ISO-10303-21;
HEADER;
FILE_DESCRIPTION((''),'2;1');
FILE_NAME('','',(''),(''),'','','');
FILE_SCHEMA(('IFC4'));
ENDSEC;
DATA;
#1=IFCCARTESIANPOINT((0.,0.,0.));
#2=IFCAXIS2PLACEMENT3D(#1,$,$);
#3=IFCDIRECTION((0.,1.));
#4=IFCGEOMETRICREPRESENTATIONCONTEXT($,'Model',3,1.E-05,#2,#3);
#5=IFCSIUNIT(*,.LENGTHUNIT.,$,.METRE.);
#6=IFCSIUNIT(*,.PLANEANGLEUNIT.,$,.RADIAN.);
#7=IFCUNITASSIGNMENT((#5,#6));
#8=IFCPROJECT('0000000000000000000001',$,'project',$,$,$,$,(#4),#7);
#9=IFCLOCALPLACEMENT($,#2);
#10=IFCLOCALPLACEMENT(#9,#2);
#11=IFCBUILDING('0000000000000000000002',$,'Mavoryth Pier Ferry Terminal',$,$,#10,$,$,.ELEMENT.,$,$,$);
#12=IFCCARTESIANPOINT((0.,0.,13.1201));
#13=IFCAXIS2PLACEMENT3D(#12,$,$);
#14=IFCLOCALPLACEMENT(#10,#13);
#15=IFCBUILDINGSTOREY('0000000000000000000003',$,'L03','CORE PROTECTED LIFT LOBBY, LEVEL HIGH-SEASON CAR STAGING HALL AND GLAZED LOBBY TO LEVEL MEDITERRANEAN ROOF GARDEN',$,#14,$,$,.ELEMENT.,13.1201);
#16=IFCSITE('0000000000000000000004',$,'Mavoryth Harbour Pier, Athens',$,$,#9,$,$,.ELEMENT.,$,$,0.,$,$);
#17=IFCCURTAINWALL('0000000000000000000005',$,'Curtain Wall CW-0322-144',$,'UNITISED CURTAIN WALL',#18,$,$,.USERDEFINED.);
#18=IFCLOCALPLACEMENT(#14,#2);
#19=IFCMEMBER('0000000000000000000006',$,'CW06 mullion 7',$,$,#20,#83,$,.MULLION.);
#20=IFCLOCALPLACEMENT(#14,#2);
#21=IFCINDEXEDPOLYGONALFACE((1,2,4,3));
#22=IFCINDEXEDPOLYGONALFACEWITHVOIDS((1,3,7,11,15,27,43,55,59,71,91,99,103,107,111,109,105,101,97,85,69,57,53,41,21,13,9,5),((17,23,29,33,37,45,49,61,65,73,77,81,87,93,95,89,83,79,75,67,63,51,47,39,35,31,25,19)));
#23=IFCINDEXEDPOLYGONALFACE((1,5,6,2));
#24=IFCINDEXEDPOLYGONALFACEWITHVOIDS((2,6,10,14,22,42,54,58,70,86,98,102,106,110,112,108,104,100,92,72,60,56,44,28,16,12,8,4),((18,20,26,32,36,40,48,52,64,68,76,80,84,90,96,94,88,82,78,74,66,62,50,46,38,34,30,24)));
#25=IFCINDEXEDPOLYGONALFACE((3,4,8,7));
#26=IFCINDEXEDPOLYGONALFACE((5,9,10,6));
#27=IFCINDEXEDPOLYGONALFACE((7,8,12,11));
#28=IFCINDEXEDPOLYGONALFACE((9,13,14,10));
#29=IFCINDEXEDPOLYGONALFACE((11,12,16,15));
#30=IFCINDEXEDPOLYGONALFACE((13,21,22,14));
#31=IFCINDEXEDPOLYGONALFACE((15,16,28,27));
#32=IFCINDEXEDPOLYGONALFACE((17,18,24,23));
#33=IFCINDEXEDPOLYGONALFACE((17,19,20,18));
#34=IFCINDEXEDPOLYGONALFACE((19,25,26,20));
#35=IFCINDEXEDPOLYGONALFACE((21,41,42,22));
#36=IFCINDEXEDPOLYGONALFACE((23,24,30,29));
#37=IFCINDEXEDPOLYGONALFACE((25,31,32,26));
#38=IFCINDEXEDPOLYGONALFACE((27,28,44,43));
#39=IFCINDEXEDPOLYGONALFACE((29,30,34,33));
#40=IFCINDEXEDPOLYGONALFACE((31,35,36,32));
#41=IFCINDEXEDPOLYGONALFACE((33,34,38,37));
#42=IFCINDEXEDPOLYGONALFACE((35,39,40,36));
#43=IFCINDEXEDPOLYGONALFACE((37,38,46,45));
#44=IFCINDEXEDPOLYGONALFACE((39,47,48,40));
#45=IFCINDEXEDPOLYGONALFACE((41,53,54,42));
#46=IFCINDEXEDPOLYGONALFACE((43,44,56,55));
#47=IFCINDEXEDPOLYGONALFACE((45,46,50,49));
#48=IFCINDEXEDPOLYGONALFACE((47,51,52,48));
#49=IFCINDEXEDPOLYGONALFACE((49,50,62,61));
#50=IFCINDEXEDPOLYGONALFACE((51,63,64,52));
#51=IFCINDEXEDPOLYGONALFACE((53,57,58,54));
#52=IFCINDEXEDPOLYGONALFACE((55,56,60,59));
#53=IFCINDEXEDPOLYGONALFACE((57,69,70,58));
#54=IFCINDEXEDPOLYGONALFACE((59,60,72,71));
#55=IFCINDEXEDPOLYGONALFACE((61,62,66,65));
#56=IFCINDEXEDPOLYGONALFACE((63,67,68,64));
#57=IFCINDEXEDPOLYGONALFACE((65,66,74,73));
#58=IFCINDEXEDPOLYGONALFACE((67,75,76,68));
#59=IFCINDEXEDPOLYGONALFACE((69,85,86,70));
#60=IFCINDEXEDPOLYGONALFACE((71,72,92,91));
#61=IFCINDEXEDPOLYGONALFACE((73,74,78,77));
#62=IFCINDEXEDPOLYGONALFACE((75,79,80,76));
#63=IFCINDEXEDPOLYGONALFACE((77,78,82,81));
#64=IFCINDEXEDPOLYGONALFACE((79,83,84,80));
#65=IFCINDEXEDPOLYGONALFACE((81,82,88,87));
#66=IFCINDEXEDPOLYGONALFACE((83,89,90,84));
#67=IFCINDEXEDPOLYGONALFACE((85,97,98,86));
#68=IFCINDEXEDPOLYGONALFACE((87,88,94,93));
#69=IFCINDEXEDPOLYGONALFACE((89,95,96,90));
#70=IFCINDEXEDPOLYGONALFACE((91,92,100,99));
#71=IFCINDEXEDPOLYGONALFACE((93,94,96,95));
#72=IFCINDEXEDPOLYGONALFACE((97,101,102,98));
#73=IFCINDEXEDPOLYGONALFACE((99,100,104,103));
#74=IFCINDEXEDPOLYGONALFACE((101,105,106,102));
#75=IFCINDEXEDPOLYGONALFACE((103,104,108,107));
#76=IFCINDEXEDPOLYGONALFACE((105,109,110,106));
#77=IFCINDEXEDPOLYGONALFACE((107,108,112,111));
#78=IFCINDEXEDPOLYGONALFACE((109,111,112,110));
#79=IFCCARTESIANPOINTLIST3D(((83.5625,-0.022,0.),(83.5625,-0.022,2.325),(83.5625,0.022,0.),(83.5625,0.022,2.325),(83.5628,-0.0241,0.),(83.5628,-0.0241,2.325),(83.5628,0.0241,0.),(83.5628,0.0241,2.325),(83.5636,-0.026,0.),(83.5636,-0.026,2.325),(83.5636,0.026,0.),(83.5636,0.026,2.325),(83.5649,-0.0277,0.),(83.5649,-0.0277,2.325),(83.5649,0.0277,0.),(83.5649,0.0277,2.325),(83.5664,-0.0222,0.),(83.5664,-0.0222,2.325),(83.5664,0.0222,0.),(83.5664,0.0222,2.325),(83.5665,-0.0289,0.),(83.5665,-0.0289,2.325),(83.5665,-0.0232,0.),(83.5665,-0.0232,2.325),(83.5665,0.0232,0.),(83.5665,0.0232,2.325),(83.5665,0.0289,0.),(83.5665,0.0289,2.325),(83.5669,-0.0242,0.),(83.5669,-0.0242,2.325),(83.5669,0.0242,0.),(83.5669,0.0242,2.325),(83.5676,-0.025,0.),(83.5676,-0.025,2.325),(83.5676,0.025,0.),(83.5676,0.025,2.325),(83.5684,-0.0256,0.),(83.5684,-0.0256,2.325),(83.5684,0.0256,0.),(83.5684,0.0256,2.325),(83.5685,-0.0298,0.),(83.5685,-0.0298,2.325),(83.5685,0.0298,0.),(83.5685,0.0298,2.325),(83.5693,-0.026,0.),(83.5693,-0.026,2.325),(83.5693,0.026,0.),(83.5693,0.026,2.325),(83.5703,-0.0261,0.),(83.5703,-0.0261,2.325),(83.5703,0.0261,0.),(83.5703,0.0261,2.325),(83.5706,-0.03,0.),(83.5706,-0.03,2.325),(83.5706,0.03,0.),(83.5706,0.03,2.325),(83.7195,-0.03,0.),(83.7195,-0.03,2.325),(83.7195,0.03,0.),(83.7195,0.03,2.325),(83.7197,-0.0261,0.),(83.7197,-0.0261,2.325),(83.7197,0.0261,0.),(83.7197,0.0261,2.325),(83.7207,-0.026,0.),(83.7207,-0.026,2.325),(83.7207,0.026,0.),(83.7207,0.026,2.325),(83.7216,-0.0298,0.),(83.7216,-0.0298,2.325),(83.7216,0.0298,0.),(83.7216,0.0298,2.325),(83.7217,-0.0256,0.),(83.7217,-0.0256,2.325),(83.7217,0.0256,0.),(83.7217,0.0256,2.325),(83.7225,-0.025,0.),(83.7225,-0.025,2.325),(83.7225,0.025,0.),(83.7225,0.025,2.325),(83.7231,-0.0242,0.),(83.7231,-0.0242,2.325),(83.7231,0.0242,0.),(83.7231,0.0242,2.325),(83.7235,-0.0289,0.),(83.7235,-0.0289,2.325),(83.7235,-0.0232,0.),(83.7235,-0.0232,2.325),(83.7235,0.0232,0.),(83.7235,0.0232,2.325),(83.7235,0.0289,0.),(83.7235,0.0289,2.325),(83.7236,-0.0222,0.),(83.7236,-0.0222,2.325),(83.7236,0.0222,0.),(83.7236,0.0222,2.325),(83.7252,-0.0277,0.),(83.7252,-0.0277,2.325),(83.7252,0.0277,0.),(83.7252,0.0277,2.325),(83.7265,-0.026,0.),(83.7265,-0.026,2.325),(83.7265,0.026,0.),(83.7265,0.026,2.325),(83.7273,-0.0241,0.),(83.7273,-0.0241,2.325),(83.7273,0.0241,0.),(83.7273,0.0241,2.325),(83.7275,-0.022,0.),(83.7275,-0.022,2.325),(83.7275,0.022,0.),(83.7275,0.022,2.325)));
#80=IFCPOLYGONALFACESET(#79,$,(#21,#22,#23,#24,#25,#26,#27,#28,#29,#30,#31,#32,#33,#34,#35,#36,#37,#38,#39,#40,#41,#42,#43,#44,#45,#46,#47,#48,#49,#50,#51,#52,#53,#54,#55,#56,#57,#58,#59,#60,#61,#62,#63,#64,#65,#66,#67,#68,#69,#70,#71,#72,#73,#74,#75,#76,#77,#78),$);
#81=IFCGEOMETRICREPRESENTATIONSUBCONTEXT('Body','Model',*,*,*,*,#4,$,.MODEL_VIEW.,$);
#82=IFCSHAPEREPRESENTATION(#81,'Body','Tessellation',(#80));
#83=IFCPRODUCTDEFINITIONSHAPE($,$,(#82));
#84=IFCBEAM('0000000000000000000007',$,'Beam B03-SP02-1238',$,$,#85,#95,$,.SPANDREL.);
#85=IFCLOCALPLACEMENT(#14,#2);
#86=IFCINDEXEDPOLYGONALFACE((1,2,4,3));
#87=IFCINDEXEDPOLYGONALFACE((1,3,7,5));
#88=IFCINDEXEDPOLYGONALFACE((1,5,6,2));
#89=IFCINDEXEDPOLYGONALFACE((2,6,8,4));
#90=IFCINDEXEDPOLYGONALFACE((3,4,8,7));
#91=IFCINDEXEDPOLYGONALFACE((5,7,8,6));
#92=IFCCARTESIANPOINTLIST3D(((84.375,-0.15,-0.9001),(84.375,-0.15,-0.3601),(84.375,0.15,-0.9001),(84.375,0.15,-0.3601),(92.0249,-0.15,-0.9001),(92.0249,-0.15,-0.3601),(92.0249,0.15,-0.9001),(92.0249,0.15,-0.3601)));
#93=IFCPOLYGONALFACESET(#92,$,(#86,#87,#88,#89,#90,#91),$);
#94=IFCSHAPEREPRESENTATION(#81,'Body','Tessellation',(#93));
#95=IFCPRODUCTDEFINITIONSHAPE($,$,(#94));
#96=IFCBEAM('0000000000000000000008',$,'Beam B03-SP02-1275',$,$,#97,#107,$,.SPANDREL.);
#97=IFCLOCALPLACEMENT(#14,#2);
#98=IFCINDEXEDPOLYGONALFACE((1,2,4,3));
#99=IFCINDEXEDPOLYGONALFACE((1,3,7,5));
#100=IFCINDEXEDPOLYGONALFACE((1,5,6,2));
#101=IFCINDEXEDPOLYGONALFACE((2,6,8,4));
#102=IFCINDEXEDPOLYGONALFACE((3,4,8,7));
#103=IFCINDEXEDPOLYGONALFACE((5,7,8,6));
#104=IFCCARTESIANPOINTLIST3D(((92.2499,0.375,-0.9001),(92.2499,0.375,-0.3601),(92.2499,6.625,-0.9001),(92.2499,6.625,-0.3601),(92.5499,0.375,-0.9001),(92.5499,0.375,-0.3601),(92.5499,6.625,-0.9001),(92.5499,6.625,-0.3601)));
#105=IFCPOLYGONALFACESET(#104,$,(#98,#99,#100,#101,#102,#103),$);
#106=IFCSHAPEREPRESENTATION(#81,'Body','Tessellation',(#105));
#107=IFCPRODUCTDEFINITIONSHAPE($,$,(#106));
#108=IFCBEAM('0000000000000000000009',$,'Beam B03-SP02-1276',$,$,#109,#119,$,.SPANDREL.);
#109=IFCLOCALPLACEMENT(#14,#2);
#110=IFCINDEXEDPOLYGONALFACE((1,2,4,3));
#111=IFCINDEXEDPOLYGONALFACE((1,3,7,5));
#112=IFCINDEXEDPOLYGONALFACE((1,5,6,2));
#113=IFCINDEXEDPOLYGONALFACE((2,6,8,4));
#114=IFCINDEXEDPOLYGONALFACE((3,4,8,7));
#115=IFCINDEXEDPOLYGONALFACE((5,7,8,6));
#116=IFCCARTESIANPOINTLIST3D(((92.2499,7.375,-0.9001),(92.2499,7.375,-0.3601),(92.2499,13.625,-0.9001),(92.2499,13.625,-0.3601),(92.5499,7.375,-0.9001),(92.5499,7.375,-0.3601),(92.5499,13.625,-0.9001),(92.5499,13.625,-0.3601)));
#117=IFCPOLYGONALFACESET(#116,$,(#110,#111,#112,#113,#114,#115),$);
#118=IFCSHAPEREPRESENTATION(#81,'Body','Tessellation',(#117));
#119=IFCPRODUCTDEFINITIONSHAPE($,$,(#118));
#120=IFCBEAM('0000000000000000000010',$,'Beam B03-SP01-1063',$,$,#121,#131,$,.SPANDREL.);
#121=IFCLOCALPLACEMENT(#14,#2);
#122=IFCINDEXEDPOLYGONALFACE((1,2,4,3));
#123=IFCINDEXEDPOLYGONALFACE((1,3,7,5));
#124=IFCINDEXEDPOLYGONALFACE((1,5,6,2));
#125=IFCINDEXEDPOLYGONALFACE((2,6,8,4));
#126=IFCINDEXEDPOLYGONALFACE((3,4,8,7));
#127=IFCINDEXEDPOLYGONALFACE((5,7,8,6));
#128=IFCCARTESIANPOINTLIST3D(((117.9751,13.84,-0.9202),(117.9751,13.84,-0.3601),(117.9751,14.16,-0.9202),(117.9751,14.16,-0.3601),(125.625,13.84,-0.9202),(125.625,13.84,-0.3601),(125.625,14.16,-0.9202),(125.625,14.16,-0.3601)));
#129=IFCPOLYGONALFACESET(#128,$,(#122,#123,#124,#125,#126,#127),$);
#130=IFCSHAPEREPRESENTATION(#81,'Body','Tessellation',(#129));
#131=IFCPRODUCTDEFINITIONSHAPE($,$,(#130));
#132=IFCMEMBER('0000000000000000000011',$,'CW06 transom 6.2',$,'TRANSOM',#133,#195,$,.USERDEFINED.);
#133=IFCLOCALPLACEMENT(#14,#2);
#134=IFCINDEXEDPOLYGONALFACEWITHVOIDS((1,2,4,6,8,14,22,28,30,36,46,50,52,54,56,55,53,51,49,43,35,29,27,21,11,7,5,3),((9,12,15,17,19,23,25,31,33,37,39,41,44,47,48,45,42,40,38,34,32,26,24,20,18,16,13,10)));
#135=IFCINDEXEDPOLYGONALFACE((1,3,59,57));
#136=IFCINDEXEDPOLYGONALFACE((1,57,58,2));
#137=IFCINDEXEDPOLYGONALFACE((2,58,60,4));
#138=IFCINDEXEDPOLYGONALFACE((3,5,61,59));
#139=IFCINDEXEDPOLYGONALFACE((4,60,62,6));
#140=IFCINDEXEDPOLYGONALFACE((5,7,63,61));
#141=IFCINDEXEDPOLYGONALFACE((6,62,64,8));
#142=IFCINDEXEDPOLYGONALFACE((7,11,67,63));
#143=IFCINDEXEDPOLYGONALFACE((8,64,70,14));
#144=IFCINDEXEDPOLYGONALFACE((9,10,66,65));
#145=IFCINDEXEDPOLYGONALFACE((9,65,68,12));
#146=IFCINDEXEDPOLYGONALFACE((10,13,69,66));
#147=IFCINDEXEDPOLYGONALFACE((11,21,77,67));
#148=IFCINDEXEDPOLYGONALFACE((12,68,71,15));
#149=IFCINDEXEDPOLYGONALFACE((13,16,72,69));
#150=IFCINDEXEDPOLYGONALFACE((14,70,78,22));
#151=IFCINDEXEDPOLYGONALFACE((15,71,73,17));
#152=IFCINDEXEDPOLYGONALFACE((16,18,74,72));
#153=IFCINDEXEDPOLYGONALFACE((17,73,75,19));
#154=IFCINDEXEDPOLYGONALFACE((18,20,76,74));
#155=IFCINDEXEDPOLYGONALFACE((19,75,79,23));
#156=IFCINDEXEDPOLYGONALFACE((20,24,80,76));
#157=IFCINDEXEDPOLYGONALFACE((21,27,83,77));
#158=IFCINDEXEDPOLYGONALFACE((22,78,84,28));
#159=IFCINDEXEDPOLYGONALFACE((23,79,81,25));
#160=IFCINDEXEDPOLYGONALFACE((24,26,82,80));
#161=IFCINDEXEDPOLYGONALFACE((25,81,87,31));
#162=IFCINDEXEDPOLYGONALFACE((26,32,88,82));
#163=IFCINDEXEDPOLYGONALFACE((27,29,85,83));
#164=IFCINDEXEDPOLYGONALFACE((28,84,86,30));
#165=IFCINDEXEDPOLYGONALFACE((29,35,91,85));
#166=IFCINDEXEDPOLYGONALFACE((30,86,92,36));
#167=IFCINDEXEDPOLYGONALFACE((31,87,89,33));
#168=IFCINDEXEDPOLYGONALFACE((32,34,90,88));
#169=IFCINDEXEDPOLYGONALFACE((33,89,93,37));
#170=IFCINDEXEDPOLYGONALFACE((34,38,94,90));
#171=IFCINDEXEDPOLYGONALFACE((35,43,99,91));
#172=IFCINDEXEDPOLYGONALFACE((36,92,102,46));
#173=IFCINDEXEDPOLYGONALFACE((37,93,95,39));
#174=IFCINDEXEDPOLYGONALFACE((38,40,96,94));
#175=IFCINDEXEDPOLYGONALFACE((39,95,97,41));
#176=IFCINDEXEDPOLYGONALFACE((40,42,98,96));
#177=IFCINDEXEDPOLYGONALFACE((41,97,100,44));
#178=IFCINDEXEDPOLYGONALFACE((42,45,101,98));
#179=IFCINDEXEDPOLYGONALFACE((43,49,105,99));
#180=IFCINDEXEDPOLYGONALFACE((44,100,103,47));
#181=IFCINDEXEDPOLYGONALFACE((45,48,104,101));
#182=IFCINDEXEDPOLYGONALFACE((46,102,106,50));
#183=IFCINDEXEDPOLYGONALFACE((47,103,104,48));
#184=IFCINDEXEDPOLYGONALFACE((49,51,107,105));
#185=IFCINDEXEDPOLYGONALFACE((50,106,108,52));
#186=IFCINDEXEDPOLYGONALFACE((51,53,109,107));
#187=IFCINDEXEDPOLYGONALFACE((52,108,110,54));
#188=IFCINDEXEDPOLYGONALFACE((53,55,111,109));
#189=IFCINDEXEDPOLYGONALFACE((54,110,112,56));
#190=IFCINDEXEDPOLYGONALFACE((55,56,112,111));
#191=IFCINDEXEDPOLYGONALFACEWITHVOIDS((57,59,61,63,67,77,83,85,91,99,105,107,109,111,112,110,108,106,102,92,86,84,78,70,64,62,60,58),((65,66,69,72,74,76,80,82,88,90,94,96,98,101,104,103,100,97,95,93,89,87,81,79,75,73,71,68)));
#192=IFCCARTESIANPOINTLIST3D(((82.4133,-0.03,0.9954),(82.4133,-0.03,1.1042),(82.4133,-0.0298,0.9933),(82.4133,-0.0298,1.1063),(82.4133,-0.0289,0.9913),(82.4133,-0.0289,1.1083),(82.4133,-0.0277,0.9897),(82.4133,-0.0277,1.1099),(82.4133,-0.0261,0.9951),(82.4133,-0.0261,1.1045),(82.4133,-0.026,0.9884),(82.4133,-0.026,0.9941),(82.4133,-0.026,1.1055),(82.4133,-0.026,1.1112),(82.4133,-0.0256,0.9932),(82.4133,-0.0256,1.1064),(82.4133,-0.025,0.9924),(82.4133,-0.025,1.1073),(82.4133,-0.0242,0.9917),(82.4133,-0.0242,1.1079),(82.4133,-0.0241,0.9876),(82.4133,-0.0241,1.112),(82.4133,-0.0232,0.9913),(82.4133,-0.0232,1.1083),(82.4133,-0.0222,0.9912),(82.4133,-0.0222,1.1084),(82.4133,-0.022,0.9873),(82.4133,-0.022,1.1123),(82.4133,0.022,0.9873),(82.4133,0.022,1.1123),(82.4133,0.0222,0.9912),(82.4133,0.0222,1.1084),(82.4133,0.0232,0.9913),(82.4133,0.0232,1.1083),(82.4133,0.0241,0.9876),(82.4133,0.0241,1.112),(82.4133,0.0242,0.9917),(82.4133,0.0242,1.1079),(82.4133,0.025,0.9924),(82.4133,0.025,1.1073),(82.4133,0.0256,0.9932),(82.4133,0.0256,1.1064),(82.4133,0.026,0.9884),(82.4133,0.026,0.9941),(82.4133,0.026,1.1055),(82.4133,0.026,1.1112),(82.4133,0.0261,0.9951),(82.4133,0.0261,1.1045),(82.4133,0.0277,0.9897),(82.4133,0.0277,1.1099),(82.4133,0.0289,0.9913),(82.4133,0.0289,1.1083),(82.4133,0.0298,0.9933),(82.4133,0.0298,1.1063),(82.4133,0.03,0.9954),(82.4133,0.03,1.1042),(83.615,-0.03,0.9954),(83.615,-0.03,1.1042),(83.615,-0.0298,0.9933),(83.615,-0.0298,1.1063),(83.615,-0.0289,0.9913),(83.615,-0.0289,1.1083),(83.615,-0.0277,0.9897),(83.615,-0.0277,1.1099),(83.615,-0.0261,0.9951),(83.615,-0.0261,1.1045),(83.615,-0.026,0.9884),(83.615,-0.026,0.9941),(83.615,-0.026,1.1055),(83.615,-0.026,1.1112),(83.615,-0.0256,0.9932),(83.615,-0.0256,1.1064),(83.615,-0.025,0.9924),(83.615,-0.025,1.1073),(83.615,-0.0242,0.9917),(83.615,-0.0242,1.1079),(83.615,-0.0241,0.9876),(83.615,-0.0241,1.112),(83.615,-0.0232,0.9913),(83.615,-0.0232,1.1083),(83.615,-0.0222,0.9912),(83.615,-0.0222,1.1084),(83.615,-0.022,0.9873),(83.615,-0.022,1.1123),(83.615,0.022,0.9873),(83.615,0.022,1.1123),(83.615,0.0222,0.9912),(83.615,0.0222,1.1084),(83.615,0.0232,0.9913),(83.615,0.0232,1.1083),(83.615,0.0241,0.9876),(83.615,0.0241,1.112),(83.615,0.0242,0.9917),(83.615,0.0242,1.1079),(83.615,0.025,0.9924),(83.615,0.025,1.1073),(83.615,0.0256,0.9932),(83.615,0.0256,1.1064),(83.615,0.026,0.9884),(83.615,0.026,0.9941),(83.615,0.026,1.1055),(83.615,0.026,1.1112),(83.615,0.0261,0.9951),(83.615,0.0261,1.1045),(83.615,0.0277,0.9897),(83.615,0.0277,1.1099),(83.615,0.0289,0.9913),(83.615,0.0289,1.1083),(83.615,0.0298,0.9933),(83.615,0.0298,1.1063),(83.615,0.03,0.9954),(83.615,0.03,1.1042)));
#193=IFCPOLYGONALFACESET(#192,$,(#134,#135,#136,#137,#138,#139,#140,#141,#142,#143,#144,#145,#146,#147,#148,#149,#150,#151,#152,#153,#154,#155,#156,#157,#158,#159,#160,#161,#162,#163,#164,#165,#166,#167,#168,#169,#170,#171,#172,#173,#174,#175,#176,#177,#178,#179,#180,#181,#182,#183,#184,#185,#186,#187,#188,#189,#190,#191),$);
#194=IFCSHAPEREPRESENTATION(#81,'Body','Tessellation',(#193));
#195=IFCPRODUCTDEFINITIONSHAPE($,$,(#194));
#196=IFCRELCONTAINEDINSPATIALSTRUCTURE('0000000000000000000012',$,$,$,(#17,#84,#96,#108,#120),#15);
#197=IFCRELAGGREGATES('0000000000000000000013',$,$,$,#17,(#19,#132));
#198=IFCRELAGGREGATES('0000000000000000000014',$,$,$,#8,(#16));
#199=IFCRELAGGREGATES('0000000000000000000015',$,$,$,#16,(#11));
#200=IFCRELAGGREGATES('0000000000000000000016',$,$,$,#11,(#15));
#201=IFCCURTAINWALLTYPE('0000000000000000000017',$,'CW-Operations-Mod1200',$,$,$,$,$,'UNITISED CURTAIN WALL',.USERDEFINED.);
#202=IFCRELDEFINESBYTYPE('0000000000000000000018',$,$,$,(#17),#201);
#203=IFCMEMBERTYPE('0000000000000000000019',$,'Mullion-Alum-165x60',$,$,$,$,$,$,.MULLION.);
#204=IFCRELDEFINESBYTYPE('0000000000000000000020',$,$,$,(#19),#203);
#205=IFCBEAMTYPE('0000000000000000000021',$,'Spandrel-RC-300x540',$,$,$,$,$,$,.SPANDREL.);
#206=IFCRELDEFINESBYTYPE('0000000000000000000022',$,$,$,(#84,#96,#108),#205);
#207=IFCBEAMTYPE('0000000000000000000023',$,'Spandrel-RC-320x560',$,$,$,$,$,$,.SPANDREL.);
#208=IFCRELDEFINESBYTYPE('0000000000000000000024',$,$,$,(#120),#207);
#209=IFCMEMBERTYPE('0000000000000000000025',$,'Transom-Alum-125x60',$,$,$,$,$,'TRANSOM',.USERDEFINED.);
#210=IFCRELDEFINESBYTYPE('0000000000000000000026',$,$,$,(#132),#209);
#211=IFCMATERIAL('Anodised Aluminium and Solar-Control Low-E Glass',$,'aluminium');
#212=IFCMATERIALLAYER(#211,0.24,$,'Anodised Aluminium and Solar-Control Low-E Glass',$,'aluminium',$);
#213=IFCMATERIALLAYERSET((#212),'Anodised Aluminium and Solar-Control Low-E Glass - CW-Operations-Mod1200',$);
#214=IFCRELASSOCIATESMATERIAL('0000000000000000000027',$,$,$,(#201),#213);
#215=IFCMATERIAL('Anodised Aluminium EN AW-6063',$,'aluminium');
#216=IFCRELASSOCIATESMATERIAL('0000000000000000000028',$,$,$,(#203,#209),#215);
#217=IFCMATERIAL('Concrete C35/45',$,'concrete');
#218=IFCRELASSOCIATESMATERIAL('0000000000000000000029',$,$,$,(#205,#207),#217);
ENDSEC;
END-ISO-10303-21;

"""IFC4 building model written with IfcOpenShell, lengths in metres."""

from ifc_helpers import new_model, si_unit, direction, frame, origin, origin_2d, place, context, subcontext, project, spatial, rectangle, hollow_rectangle, extrude, material, layer, layer_set, material_profile, profile_set, type_object, element, aggregate, save


model = new_model("IFC4")

# Units and contexts
model_context = context("Model", 3, precision=1e-05, world=origin(), true_north=direction((0.0, 1.0)))
body_context = subcontext(model_context, "Body", "Model", "MODEL_VIEW")
ifc_project = project(units=[si_unit("LENGTHUNIT", "METRE"), si_unit("PLANEANGLEUNIT", "RADIAN")], contexts=[model_context])

# Site, building, storey
site_placement = place(None, origin())
site = spatial("IfcSite", under=ifc_project, at=site_placement, Name="Mavoryth Harbour Pier, Athens", CompositionType="ELEMENT", RefElevation=0.0)
building_placement = place(site_placement, origin())
building = spatial("IfcBuilding", under=site, at=building_placement, Name="Mavoryth Pier Ferry Terminal", CompositionType="ELEMENT")
storey_placement = place(building_placement, frame((0.0, 0.0, 13.1201)))
storey = spatial("IfcBuildingStorey", under=building, at=storey_placement, Name="L03", Description="CORE PROTECTED LIFT LOBBY, LEVEL HIGH-SEASON CAR STAGING HALL AND GLAZED LOBBY TO LEVEL MEDITERRANEAN ROOF GARDEN", CompositionType="ELEMENT", Elevation=13.1201)

# Shared definitions
ifc_material_1 = material(Name="Concrete C35/45", Category="concrete")

# Curtain wall, member
ifc_material_2 = material(Name="Anodised Aluminium and Solar-Control Low-E Glass", Category="aluminium")
ifc_layer_1 = layer(ifc_material_2, 0.24, Name="Anodised Aluminium and Solar-Control Low-E Glass", Category="aluminium")
ifc_layer_set_1 = layer_set([ifc_layer_1], Name="Anodised Aluminium and Solar-Control Low-E Glass - CW-Operations-Mod1200")
curtain_wall_type = type_object("IfcCurtainWallType", Name="CW-Operations-Mod1200", ElementType="UNITISED CURTAIN WALL", PredefinedType="USERDEFINED", material=ifc_layer_set_1)
curtain_wall_placement = place(storey_placement, origin())
curtain_wall = element("IfcCurtainWall", 1, at=curtain_wall_placement, inside=storey, type_object=curtain_wall_type, Name="Curtain Wall CW-0322-144", ObjectType="UNITISED CURTAIN WALL", PredefinedType="USERDEFINED")
ifc_material_3 = material(Name="Anodised Aluminium EN AW-6063", Category="aluminium")
ifc_material_profile_1 = material_profile(ifc_material_3, hollow_rectangle(XDim=0.0601, YDim=0.165, WallThickness=0.0039, InnerFilletRadius=0.0039, OuterFilletRadius=0.0081, at=origin_2d()), Name="AL-MULL 165x60x4", Category="aluminium")
ifc_profile_set_1 = profile_set([ifc_material_profile_1], Name="Anodised Aluminium EN AW-6063 - AL-MULL 165x60x4")
member_type_1 = type_object("IfcMemberType", Name="Mullion-Alum-165x60", PredefinedType="MULLION", material=ifc_profile_set_1)
member_1_placement = place(storey_placement, frame((83.645, 0.0, 0.0), z_axis=(0.0, 0.0, 1.0), x_axis=(0.0, 1.0, 0.0)))
member_1 = element("IfcMember", 2, at=member_1_placement, type_object=member_type_1, Name="CW06 mullion 7", PredefinedType="MULLION", context=body_context, shape_type="SweptSolid", body=[
    extrude(hollow_rectangle(XDim=0.0601, YDim=0.165, WallThickness=0.0039, InnerFilletRadius=0.0039, OuterFilletRadius=0.0081, at=origin_2d()), origin(), (0.0, 0.0, 1.0), 2.325),
])

# Beams
ifc_material_profile_2 = material_profile(ifc_material_1, rectangle(XDim=0.3, YDim=0.54, at=origin_2d()), Name="RC 300x540", Category="concrete")
ifc_profile_set_2 = profile_set([ifc_material_profile_2], Name="Concrete C35/45 - RC 300x540")
beam_type_1 = type_object("IfcBeamType", Name="Spandrel-RC-300x540", PredefinedType="SPANDREL", material=ifc_profile_set_2)
beam_1_placement = place(storey_placement, frame((84.375, 0.0, -0.6301), z_axis=(1.0, 0.0, 0.0), x_axis=(0.0, 1.0, 0.0)))
element("IfcBeam", 3, at=beam_1_placement, inside=storey, type_object=beam_type_1, Name="Beam B03-SP02-1238", PredefinedType="SPANDREL", context=body_context, shape_type="SweptSolid", body=[
    extrude(rectangle(XDim=0.3, YDim=0.54, at=origin_2d()), origin(), (0.0, 0.0, 1.0), 7.6499),
])
for number, where, z_axis, x_axis, name in (
    (4, (92.3999, 0.375, -0.6301), (0.0, 1.0, 0.0), (-1.0, 0.0, 0.0), "Beam B03-SP02-1275"),
    (5, (92.3999, 7.375, -0.6301), (0.0, 1.0, 0.0), (-1.0, 0.0, 0.0), "Beam B03-SP02-1276"),
):
    element("IfcBeam", number, at=place(storey_placement, frame(where, z_axis=z_axis, x_axis=x_axis)), inside=storey, type_object=beam_type_1, Name=name, PredefinedType="SPANDREL", context=body_context, shape_type="SweptSolid", body=[
        extrude(rectangle(XDim=0.3, YDim=0.54, at=origin_2d()), origin(), (0.0, 0.0, 1.0), 6.25),
    ])
ifc_material_profile_3 = material_profile(ifc_material_1, rectangle(XDim=0.3201, YDim=0.5601, at=origin_2d()), Name="RC 320x560", Category="concrete")
ifc_profile_set_3 = profile_set([ifc_material_profile_3], Name="Concrete C35/45 - RC 320x560")
beam_type_2 = type_object("IfcBeamType", Name="Spandrel-RC-320x560", PredefinedType="SPANDREL", material=ifc_profile_set_3)
beam_2_placement = place(storey_placement, frame((117.9751, 14.0, -0.6401), z_axis=(1.0, 0.0, 0.0), x_axis=(0.0, 1.0, 0.0)))
element("IfcBeam", 6, at=beam_2_placement, inside=storey, type_object=beam_type_2, Name="Beam B03-SP01-1063", PredefinedType="SPANDREL", context=body_context, shape_type="SweptSolid", body=[
    extrude(rectangle(XDim=0.3201, YDim=0.5601, at=origin_2d()), origin(), (0.0, 0.0, 1.0), 7.6499),
])

# Member
ifc_material_profile_4 = material_profile(ifc_material_3, hollow_rectangle(XDim=0.0601, YDim=0.125, WallThickness=0.0039, InnerFilletRadius=0.0039, OuterFilletRadius=0.0081, at=origin_2d()), Name="AL-TRAN 125x60x4", Category="aluminium")
ifc_profile_set_4 = profile_set([ifc_material_profile_4], Name="Anodised Aluminium EN AW-6063 - AL-TRAN 125x60x4")
member_type_2 = type_object("IfcMemberType", Name="Transom-Alum-125x60", ElementType="TRANSOM", PredefinedType="USERDEFINED", material=ifc_profile_set_4)
member_2_placement = place(storey_placement, frame((82.4133, 0.0, 1.0498), z_axis=(1.0, 0.0, 0.0), x_axis=(0.0, 1.0, 0.0)))
member_2 = element("IfcMember", 7, at=member_2_placement, type_object=member_type_2, Name="CW06 transom 6.2", ObjectType="TRANSOM", PredefinedType="USERDEFINED", context=body_context, shape_type="SweptSolid", body=[
    extrude(hollow_rectangle(XDim=0.0601, YDim=0.125, WallThickness=0.0039, InnerFilletRadius=0.0039, OuterFilletRadius=0.0081, at=origin_2d()), origin(), (0.0, 0.0, 1.0), 1.2017),
])

aggregate(curtain_wall, [member_1, member_2])

save(model, "model.ifc")
